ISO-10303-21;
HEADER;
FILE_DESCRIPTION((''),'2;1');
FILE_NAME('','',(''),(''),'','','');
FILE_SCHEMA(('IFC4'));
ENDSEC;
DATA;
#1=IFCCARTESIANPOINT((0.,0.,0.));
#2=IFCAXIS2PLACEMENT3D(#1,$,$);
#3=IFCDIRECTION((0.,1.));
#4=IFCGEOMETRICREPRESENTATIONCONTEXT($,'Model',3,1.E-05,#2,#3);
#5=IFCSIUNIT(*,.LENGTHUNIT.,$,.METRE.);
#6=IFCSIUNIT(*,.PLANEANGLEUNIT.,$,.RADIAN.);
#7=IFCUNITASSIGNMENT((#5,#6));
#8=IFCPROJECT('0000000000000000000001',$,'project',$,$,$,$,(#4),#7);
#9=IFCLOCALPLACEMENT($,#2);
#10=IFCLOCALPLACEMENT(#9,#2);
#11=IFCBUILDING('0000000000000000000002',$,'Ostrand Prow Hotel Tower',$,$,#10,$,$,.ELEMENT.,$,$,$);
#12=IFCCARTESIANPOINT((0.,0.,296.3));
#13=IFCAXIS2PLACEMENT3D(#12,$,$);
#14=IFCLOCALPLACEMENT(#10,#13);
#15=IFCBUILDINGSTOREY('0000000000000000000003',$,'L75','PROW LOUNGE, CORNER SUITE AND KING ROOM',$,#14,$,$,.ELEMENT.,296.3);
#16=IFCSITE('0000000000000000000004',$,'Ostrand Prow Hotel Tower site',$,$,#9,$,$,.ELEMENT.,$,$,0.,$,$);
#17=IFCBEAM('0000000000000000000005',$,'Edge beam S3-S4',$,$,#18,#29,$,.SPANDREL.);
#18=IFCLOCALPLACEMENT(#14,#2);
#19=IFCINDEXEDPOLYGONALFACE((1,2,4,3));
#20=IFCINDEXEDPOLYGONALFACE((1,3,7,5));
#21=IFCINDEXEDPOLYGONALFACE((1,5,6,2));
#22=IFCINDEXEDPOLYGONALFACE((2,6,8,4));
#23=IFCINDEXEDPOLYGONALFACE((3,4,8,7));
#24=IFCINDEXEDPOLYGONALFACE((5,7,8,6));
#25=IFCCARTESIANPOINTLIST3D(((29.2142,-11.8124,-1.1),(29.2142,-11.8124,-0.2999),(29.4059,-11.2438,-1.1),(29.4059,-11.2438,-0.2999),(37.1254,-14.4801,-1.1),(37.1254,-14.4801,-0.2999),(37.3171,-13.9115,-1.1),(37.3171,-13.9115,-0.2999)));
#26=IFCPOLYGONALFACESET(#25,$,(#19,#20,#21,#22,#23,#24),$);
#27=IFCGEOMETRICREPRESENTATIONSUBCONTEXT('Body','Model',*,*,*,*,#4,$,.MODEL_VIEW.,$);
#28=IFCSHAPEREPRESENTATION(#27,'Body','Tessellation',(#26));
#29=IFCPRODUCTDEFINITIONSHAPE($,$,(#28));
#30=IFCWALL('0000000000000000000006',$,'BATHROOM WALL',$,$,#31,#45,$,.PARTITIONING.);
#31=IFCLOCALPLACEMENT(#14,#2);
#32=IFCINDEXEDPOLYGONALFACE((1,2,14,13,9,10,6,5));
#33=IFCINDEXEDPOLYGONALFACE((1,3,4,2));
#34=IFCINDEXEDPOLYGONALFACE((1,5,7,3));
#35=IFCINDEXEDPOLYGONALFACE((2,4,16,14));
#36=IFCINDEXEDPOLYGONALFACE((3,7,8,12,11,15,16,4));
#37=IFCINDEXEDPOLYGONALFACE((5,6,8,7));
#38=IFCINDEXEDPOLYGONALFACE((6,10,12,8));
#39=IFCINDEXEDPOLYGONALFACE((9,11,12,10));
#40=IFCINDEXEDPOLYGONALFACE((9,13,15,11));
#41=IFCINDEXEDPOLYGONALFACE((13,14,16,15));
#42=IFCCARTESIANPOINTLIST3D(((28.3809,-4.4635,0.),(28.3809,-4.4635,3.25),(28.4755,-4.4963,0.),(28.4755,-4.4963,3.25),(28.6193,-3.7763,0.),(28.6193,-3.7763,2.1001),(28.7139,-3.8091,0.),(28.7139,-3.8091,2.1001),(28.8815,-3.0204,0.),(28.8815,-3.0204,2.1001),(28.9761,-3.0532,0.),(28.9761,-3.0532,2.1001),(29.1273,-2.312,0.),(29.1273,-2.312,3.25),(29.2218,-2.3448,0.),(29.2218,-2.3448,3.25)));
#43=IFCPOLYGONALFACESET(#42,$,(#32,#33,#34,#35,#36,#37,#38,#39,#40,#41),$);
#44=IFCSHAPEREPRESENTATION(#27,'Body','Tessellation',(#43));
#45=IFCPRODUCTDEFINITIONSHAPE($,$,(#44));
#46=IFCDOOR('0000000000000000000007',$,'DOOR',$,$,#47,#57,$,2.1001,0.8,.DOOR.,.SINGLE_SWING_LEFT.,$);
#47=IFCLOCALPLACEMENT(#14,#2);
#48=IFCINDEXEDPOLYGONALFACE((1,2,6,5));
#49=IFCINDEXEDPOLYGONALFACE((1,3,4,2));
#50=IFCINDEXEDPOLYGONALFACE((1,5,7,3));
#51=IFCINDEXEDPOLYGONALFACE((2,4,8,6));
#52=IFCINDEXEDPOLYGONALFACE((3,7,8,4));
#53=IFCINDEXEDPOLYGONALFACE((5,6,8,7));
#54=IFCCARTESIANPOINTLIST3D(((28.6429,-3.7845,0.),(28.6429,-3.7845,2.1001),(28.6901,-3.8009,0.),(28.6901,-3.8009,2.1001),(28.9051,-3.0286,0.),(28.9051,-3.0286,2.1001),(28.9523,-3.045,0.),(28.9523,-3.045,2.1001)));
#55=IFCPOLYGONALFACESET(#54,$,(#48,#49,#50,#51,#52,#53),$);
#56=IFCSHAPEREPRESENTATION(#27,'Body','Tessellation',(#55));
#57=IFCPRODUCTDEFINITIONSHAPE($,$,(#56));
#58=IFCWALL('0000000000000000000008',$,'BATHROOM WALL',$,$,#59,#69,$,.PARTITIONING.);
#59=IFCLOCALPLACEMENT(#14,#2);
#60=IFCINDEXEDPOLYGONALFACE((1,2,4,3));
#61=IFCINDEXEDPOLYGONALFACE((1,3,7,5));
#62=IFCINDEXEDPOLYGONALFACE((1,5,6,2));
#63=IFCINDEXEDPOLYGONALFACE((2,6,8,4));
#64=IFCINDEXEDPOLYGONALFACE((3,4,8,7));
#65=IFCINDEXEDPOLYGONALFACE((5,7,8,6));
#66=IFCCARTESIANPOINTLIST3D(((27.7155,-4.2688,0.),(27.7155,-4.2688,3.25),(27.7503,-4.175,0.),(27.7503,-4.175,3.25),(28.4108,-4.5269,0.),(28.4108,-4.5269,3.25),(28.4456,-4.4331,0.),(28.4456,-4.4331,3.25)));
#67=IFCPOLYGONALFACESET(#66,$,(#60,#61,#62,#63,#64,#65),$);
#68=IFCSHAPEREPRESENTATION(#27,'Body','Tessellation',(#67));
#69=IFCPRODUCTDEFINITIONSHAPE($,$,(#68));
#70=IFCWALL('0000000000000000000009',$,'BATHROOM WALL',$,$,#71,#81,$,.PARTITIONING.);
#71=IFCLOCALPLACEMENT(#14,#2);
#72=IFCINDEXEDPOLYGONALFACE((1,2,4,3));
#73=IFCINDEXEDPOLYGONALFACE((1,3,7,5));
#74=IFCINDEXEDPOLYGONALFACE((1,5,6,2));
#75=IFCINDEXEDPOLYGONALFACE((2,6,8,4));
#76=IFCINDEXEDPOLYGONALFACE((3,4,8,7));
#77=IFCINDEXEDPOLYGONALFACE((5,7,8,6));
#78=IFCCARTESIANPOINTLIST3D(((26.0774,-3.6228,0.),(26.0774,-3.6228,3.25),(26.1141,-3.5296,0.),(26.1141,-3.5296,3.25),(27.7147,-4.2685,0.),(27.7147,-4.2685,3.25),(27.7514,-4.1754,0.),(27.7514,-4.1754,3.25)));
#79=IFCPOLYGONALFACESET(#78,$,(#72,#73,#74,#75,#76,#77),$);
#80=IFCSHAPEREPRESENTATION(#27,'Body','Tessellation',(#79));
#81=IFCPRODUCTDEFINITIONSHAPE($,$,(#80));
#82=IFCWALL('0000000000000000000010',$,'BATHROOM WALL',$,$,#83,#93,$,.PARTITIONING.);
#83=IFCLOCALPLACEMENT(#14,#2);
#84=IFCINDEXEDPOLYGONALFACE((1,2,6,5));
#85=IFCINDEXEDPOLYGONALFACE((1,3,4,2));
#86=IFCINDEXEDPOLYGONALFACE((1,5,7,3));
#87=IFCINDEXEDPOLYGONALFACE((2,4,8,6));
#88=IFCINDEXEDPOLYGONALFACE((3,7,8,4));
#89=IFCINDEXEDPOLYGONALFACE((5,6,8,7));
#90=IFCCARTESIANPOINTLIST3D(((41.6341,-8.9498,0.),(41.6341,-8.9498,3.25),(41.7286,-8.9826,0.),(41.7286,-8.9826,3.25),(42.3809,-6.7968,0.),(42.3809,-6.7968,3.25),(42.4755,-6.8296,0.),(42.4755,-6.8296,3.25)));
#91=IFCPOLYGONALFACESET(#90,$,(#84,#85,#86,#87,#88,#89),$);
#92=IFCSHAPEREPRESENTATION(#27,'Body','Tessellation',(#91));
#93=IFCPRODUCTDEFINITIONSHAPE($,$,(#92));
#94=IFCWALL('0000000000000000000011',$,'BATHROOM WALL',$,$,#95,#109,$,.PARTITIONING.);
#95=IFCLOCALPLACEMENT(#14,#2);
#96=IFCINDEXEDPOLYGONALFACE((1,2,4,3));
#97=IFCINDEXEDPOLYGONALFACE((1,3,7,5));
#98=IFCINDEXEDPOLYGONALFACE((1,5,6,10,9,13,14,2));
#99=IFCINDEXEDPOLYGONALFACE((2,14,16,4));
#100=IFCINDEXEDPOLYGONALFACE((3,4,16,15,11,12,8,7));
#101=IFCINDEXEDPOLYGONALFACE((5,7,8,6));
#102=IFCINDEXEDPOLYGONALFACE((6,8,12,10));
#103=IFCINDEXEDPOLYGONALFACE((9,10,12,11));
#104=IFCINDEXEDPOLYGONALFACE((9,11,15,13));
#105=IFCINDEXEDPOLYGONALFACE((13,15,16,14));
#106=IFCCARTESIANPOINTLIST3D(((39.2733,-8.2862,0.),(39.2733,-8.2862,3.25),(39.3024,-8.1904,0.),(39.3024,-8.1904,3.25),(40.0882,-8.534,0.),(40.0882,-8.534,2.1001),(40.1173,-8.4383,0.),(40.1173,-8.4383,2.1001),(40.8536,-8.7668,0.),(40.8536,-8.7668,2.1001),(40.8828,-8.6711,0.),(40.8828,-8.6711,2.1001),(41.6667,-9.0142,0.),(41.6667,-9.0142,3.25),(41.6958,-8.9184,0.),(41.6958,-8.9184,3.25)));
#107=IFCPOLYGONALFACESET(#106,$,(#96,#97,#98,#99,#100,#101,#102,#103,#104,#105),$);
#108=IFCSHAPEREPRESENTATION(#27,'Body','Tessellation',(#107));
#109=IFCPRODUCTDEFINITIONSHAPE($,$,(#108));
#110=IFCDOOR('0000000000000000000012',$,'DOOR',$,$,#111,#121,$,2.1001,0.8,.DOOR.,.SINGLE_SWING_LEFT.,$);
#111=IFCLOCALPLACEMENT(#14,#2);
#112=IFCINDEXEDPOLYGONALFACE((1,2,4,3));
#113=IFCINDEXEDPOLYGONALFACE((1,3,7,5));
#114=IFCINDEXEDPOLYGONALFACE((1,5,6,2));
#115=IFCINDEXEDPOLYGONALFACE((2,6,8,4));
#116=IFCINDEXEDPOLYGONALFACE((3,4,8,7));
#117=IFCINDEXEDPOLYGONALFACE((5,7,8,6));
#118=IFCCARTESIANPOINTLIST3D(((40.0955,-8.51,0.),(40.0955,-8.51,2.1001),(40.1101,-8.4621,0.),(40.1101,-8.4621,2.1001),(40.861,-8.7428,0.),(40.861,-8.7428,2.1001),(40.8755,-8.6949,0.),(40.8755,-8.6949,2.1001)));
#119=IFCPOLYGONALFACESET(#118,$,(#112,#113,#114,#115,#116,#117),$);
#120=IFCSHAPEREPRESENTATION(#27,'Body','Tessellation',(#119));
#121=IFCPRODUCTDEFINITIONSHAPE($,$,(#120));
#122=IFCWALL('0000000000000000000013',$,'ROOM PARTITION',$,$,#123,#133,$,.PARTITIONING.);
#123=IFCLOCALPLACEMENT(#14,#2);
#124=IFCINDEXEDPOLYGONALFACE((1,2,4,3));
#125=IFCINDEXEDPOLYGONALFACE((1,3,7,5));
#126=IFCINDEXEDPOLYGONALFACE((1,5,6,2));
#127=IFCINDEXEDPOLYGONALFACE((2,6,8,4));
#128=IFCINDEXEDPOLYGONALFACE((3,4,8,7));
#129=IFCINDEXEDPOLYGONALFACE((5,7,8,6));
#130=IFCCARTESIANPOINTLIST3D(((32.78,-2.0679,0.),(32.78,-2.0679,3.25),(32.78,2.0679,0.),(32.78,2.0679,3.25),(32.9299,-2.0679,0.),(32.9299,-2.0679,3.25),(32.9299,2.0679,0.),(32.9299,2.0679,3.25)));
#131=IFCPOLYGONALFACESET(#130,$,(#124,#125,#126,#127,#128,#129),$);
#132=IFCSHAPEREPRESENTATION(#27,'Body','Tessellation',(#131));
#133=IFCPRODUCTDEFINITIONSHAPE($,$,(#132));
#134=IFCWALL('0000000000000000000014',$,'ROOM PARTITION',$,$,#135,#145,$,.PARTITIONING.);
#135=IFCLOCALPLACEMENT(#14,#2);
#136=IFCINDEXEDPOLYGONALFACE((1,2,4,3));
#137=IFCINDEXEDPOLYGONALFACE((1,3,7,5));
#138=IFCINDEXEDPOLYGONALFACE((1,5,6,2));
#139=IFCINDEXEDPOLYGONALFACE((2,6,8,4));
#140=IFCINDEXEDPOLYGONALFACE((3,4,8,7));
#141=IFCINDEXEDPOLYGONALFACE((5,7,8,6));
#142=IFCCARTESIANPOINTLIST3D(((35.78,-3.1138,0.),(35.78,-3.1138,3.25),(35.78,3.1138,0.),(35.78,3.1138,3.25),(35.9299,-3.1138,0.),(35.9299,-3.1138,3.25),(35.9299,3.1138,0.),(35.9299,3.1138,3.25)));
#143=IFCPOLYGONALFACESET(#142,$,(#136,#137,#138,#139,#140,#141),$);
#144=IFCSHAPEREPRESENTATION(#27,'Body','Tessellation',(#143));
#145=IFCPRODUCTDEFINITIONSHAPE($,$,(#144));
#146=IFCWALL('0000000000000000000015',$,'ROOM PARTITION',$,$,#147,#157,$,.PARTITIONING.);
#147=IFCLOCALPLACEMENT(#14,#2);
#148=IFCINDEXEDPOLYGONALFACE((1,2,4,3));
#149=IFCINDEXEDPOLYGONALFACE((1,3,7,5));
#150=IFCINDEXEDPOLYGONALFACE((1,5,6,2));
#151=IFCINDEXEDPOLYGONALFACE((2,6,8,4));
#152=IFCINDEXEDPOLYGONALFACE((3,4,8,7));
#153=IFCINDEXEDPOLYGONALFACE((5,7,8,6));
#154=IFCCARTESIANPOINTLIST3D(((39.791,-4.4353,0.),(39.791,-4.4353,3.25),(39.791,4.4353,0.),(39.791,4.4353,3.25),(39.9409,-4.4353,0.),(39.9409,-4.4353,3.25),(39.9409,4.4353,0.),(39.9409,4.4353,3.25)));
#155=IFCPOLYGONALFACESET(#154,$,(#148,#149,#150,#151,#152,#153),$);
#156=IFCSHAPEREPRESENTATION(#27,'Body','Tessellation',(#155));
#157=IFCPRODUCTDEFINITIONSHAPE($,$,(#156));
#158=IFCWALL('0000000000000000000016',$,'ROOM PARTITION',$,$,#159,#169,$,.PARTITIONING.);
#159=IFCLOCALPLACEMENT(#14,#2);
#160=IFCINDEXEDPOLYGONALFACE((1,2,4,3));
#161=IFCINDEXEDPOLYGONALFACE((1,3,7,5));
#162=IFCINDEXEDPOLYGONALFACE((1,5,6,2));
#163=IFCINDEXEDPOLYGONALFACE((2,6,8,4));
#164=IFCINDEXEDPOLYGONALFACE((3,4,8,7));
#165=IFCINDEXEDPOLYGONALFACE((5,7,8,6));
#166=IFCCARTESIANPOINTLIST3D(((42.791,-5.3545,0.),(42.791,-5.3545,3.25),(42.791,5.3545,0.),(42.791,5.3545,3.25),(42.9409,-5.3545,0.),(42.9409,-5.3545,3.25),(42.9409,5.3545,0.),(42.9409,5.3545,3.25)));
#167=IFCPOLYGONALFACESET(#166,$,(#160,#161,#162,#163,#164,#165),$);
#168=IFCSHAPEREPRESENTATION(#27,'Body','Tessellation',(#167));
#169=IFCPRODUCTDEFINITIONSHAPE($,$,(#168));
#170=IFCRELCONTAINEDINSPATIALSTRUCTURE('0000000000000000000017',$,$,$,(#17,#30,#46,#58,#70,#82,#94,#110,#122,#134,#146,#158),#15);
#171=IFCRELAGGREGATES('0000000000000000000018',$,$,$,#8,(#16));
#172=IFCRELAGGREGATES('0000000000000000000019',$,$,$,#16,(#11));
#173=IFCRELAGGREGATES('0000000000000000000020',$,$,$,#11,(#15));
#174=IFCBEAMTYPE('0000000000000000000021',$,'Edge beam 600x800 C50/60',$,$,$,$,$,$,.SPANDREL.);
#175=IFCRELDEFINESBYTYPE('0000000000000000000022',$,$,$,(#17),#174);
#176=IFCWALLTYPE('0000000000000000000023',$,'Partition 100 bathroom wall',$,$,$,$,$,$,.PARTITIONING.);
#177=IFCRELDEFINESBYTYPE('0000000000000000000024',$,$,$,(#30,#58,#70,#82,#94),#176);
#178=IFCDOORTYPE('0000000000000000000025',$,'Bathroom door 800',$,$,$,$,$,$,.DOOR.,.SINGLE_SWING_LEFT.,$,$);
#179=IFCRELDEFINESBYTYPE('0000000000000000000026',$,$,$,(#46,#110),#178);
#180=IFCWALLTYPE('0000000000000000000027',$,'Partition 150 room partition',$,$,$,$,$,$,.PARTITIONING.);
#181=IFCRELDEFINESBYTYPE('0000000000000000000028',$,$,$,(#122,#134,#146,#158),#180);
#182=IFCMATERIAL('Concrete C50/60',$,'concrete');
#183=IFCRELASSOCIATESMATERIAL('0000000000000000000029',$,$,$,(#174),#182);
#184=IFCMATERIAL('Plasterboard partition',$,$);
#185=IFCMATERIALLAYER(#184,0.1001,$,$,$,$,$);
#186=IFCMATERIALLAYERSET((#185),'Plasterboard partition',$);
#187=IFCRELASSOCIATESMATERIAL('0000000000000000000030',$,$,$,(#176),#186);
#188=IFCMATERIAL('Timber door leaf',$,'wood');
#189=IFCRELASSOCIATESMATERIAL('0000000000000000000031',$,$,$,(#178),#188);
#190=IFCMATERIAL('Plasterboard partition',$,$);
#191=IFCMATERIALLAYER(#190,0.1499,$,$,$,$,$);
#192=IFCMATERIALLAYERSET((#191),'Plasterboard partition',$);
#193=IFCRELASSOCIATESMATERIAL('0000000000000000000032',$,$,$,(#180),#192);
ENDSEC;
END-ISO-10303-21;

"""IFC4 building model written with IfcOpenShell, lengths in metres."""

from ifc_helpers import new_model, si_unit, direction, frame, frame_2d, origin, origin_2d, place, context, subcontext, project, spatial, rectangle, extrude, material, layer, layer_set, material_profile, profile_set, type_object, element, fill, save


model = new_model("IFC4")

# Units and contexts
model_context = context("Model", 3, precision=1e-05, world=origin(), true_north=direction((0.0, 1.0)))
body_context = subcontext(model_context, "Body", "Model", "MODEL_VIEW")
ifc_project = project(units=[si_unit("LENGTHUNIT", "METRE"), si_unit("PLANEANGLEUNIT", "RADIAN")], contexts=[model_context])

# Site, building, storey
site_placement = place(None, origin())
site = spatial("IfcSite", under=ifc_project, at=site_placement, Name="Ostrand Prow Hotel Tower site", CompositionType="ELEMENT", RefElevation=0.0)
building_placement = place(site_placement, origin())
building = spatial("IfcBuilding", under=site, at=building_placement, Name="Ostrand Prow Hotel Tower", CompositionType="ELEMENT")
storey_placement = place(building_placement, frame((0.0, 0.0, 296.3)))
storey = spatial("IfcBuildingStorey", under=building, at=storey_placement, Name="L75", Description="PROW LOUNGE, CORNER SUITE AND KING ROOM", CompositionType="ELEMENT", Elevation=296.3)

# Beam
ifc_material_1 = material(Name="Concrete C50/60", Category="concrete")
ifc_material_profile = material_profile(ifc_material_1, rectangle(XDim=0.6001, YDim=0.8, at=origin_2d()), Name="RC 600x800")
ifc_profile_set = profile_set([ifc_material_profile], Name="Concrete C50/60")
beam_type = type_object("IfcBeamType", Name="Edge beam 600x800 C50/60", PredefinedType="SPANDREL", material=ifc_profile_set)
beam_placement = place(storey_placement, frame((29.3101, -11.5281, -0.7), z_axis=(0.947575, -0.319533, 0.0), x_axis=(0.319533, 0.947575, 0.0)))
element("IfcBeam", 1, at=beam_placement, inside=storey, type_object=beam_type, Name="Edge beam S3-S4", PredefinedType="SPANDREL", context=body_context, shape_type="SweptSolid", body=[
    extrude(rectangle(XDim=0.6001, YDim=0.8, at=origin_2d()), origin(), (0.0, 0.0, 1.0), 8.3489),
])

# Wall, opening, door
ifc_material_2 = material(Name="Plasterboard partition")
ifc_layer_1 = layer(ifc_material_2, 0.1001)
ifc_layer_set_1 = layer_set([ifc_layer_1], Name="Plasterboard partition")
wall_type_1 = type_object("IfcWallType", Name="Partition 100 bathroom wall", PredefinedType="PARTITIONING", material=ifc_layer_set_1)
wall_1_placement = place(storey_placement, frame((29.1746, -2.3284, 0.0), z_axis=(0.0, 0.0, 1.0), x_axis=(-0.327718, -0.944776, 0.0)))
wall_1 = element("IfcWall", 2, at=wall_1_placement, inside=storey, type_object=wall_type_1, Name="BATHROOM WALL", PredefinedType="PARTITIONING", context=body_context, shape_type="SweptSolid", body=[
    extrude(rectangle(XDim=2.2773, YDim=0.1001, at=frame_2d((1.1387, 0.0))), origin(), (0.0, 0.0, 1.0), 3.25),
])
opening_1_placement = place(wall_1_placement, frame((0.75, 0.0, 0.0)))
opening_1 = element("IfcOpeningElement", 3, at=opening_1_placement, cuts=wall_1, PredefinedType="OPENING", context=body_context, shape_type="SweptSolid", body=[
    extrude(rectangle(XDim=0.8, YDim=2.1001, at=frame_2d((0.3999, 1.05))), frame((0.0, 0.0601, 0.0), z_axis=(0.0, -1.0, 0.0), x_axis=(1.0, 0.0, 0.0)), (0.0, 0.0, 1.0), 0.1201),
])
ifc_material_3 = material(Name="Timber door leaf", Category="wood")
door_type_1 = type_object("IfcDoorType", Name="Bathroom door 800", OperationType="SINGLE_SWING_LEFT", PredefinedType="DOOR", material=ifc_material_3)
door_1_placement = place(opening_1_placement, origin())
door_1 = element("IfcDoor", 4, at=door_1_placement, inside=storey, type_object=door_type_1, Name="DOOR", OperationType="SINGLE_SWING_LEFT", OverallHeight=2.1001, OverallWidth=0.8, PredefinedType="DOOR", context=body_context, shape_type="SweptSolid", body=[
    extrude(rectangle(XDim=0.8, YDim=2.1001, at=frame_2d((0.3999, 1.05))), frame((0.0, 0.0249, 0.0), z_axis=(0.0, -1.0, 0.0), x_axis=(1.0, 0.0, 0.0)), (0.0, 0.0, 1.0), 0.05),
])
fill(opening_1, door_1)

# Walls
wall_2_placement = place(storey_placement, frame((28.4282, -4.48, 0.0), z_axis=(0.0, 0.0, 1.0), x_axis=(-0.937514, 0.347947, 0.0)))
element("IfcWall", 5, at=wall_2_placement, inside=storey, type_object=wall_type_1, Name="BATHROOM WALL", PredefinedType="PARTITIONING", context=body_context, shape_type="SweptSolid", body=[
    extrude(rectangle(XDim=0.7417, YDim=0.1001, at=frame_2d((0.3708, 0.0))), origin(), (0.0, 0.0, 1.0), 3.25),
])
wall_3_placement = place(storey_placement, frame((27.7329, -4.2219, 0.0), z_axis=(0.0, 0.0, 1.0), x_axis=(-0.930255, 0.366914, 0.0)))
element("IfcWall", 6, at=wall_3_placement, inside=storey, type_object=wall_type_1, Name="BATHROOM WALL", PredefinedType="PARTITIONING", context=body_context, shape_type="SweptSolid", body=[
    extrude(rectangle(XDim=1.76, YDim=0.1001, at=frame_2d((0.8799, 0.0))), origin(), (0.0, 0.0, 1.0), 3.25),
])
wall_4_placement = place(storey_placement, frame((42.4282, -6.8132, 0.0), z_axis=(0.0, 0.0, 1.0), x_axis=(-0.327743, -0.944767, 0.0)))
element("IfcWall", 7, at=wall_4_placement, inside=storey, type_object=wall_type_1, Name="BATHROOM WALL", PredefinedType="PARTITIONING", context=body_context, shape_type="SweptSolid", body=[
    extrude(rectangle(XDim=2.2788, YDim=0.1001, at=frame_2d((1.1394, 0.0))), origin(), (0.0, 0.0, 1.0), 3.25),
])

# Wall, opening, door
wall_5_placement = place(storey_placement, frame((41.6814, -8.9663, 0.0), z_axis=(0.0, 0.0, 1.0), x_axis=(-0.956724, 0.290999, 0.0)))
wall_5 = element("IfcWall", 8, at=wall_5_placement, inside=storey, type_object=wall_type_1, Name="BATHROOM WALL", PredefinedType="PARTITIONING", context=body_context, shape_type="SweptSolid", body=[
    extrude(rectangle(XDim=2.5017, YDim=0.1001, at=frame_2d((1.251, 0.0))), origin(), (0.0, 0.0, 1.0), 3.25),
])
opening_2_placement = place(wall_5_placement, frame((0.8501, 0.0, 0.0)))
opening_2 = element("IfcOpeningElement", 9, at=opening_2_placement, cuts=wall_5, PredefinedType="OPENING", context=body_context, shape_type="SweptSolid", body=[
    extrude(rectangle(XDim=0.8, YDim=2.1001, at=frame_2d((0.3999, 1.05))), frame((0.0, 0.0601, 0.0), z_axis=(0.0, -1.0, 0.0), x_axis=(1.0, 0.0, 0.0)), (0.0, 0.0, 1.0), 0.1201),
])
door_2_placement = place(opening_2_placement, origin())
door_2 = element("IfcDoor", 10, at=door_2_placement, inside=storey, type_object=door_type_1, Name="DOOR", OperationType="SINGLE_SWING_LEFT", OverallHeight=2.1001, OverallWidth=0.8, PredefinedType="DOOR", context=body_context, shape_type="SweptSolid", body=[
    extrude(rectangle(XDim=0.8, YDim=2.1001, at=frame_2d((0.3999, 1.05))), frame((0.0, 0.0249, 0.0), z_axis=(0.0, -1.0, 0.0), x_axis=(1.0, 0.0, 0.0)), (0.0, 0.0, 1.0), 0.05),
])
fill(opening_2, door_2)

# Walls
ifc_material_4 = material(Name="Plasterboard partition")
ifc_layer_2 = layer(ifc_material_4, 0.1499)
ifc_layer_set_2 = layer_set([ifc_layer_2], Name="Plasterboard partition")
wall_type_2 = type_object("IfcWallType", Name="Partition 150 room partition", PredefinedType="PARTITIONING", material=ifc_layer_set_2)
wall_6_placement = place(storey_placement, frame((32.855, -2.0679, 0.0), z_axis=(0.0, 0.0, 1.0), x_axis=(0.0, 1.0, 0.0)))
element("IfcWall", 11, at=wall_6_placement, inside=storey, type_object=wall_type_2, Name="ROOM PARTITION", PredefinedType="PARTITIONING", context=body_context, shape_type="SweptSolid", body=[
    extrude(rectangle(XDim=4.1357, YDim=0.1499, at=frame_2d((2.0679, 0.0))), origin(), (0.0, 0.0, 1.0), 3.25),
])
wall_7_placement = place(storey_placement, frame((35.855, -3.1138, 0.0), z_axis=(0.0, 0.0, 1.0), x_axis=(0.0, 1.0, 0.0)))
element("IfcWall", 12, at=wall_7_placement, inside=storey, type_object=wall_type_2, Name="ROOM PARTITION", PredefinedType="PARTITIONING", context=body_context, shape_type="SweptSolid", body=[
    extrude(rectangle(XDim=6.2275, YDim=0.1499, at=frame_2d((3.1138, 0.0))), origin(), (0.0, 0.0, 1.0), 3.25),
])
wall_8_placement = place(storey_placement, frame((39.866, -4.4353, 0.0), z_axis=(0.0, 0.0, 1.0), x_axis=(0.0, 1.0, 0.0)))
element("IfcWall", 13, at=wall_8_placement, inside=storey, type_object=wall_type_2, Name="ROOM PARTITION", PredefinedType="PARTITIONING", context=body_context, shape_type="SweptSolid", body=[
    extrude(rectangle(XDim=8.8706, YDim=0.1499, at=frame_2d((4.4353, 0.0))), origin(), (0.0, 0.0, 1.0), 3.25),
])
wall_9_placement = place(storey_placement, frame((42.866, -5.3545, 0.0), z_axis=(0.0, 0.0, 1.0), x_axis=(0.0, 1.0, 0.0)))
element("IfcWall", 14, at=wall_9_placement, inside=storey, type_object=wall_type_2, Name="ROOM PARTITION", PredefinedType="PARTITIONING", context=body_context, shape_type="SweptSolid", body=[
    extrude(rectangle(XDim=10.709, YDim=0.1499, at=frame_2d((5.3545, 0.0))), origin(), (0.0, 0.0, 1.0), 3.25),
])

save(model, "model.ifc")
